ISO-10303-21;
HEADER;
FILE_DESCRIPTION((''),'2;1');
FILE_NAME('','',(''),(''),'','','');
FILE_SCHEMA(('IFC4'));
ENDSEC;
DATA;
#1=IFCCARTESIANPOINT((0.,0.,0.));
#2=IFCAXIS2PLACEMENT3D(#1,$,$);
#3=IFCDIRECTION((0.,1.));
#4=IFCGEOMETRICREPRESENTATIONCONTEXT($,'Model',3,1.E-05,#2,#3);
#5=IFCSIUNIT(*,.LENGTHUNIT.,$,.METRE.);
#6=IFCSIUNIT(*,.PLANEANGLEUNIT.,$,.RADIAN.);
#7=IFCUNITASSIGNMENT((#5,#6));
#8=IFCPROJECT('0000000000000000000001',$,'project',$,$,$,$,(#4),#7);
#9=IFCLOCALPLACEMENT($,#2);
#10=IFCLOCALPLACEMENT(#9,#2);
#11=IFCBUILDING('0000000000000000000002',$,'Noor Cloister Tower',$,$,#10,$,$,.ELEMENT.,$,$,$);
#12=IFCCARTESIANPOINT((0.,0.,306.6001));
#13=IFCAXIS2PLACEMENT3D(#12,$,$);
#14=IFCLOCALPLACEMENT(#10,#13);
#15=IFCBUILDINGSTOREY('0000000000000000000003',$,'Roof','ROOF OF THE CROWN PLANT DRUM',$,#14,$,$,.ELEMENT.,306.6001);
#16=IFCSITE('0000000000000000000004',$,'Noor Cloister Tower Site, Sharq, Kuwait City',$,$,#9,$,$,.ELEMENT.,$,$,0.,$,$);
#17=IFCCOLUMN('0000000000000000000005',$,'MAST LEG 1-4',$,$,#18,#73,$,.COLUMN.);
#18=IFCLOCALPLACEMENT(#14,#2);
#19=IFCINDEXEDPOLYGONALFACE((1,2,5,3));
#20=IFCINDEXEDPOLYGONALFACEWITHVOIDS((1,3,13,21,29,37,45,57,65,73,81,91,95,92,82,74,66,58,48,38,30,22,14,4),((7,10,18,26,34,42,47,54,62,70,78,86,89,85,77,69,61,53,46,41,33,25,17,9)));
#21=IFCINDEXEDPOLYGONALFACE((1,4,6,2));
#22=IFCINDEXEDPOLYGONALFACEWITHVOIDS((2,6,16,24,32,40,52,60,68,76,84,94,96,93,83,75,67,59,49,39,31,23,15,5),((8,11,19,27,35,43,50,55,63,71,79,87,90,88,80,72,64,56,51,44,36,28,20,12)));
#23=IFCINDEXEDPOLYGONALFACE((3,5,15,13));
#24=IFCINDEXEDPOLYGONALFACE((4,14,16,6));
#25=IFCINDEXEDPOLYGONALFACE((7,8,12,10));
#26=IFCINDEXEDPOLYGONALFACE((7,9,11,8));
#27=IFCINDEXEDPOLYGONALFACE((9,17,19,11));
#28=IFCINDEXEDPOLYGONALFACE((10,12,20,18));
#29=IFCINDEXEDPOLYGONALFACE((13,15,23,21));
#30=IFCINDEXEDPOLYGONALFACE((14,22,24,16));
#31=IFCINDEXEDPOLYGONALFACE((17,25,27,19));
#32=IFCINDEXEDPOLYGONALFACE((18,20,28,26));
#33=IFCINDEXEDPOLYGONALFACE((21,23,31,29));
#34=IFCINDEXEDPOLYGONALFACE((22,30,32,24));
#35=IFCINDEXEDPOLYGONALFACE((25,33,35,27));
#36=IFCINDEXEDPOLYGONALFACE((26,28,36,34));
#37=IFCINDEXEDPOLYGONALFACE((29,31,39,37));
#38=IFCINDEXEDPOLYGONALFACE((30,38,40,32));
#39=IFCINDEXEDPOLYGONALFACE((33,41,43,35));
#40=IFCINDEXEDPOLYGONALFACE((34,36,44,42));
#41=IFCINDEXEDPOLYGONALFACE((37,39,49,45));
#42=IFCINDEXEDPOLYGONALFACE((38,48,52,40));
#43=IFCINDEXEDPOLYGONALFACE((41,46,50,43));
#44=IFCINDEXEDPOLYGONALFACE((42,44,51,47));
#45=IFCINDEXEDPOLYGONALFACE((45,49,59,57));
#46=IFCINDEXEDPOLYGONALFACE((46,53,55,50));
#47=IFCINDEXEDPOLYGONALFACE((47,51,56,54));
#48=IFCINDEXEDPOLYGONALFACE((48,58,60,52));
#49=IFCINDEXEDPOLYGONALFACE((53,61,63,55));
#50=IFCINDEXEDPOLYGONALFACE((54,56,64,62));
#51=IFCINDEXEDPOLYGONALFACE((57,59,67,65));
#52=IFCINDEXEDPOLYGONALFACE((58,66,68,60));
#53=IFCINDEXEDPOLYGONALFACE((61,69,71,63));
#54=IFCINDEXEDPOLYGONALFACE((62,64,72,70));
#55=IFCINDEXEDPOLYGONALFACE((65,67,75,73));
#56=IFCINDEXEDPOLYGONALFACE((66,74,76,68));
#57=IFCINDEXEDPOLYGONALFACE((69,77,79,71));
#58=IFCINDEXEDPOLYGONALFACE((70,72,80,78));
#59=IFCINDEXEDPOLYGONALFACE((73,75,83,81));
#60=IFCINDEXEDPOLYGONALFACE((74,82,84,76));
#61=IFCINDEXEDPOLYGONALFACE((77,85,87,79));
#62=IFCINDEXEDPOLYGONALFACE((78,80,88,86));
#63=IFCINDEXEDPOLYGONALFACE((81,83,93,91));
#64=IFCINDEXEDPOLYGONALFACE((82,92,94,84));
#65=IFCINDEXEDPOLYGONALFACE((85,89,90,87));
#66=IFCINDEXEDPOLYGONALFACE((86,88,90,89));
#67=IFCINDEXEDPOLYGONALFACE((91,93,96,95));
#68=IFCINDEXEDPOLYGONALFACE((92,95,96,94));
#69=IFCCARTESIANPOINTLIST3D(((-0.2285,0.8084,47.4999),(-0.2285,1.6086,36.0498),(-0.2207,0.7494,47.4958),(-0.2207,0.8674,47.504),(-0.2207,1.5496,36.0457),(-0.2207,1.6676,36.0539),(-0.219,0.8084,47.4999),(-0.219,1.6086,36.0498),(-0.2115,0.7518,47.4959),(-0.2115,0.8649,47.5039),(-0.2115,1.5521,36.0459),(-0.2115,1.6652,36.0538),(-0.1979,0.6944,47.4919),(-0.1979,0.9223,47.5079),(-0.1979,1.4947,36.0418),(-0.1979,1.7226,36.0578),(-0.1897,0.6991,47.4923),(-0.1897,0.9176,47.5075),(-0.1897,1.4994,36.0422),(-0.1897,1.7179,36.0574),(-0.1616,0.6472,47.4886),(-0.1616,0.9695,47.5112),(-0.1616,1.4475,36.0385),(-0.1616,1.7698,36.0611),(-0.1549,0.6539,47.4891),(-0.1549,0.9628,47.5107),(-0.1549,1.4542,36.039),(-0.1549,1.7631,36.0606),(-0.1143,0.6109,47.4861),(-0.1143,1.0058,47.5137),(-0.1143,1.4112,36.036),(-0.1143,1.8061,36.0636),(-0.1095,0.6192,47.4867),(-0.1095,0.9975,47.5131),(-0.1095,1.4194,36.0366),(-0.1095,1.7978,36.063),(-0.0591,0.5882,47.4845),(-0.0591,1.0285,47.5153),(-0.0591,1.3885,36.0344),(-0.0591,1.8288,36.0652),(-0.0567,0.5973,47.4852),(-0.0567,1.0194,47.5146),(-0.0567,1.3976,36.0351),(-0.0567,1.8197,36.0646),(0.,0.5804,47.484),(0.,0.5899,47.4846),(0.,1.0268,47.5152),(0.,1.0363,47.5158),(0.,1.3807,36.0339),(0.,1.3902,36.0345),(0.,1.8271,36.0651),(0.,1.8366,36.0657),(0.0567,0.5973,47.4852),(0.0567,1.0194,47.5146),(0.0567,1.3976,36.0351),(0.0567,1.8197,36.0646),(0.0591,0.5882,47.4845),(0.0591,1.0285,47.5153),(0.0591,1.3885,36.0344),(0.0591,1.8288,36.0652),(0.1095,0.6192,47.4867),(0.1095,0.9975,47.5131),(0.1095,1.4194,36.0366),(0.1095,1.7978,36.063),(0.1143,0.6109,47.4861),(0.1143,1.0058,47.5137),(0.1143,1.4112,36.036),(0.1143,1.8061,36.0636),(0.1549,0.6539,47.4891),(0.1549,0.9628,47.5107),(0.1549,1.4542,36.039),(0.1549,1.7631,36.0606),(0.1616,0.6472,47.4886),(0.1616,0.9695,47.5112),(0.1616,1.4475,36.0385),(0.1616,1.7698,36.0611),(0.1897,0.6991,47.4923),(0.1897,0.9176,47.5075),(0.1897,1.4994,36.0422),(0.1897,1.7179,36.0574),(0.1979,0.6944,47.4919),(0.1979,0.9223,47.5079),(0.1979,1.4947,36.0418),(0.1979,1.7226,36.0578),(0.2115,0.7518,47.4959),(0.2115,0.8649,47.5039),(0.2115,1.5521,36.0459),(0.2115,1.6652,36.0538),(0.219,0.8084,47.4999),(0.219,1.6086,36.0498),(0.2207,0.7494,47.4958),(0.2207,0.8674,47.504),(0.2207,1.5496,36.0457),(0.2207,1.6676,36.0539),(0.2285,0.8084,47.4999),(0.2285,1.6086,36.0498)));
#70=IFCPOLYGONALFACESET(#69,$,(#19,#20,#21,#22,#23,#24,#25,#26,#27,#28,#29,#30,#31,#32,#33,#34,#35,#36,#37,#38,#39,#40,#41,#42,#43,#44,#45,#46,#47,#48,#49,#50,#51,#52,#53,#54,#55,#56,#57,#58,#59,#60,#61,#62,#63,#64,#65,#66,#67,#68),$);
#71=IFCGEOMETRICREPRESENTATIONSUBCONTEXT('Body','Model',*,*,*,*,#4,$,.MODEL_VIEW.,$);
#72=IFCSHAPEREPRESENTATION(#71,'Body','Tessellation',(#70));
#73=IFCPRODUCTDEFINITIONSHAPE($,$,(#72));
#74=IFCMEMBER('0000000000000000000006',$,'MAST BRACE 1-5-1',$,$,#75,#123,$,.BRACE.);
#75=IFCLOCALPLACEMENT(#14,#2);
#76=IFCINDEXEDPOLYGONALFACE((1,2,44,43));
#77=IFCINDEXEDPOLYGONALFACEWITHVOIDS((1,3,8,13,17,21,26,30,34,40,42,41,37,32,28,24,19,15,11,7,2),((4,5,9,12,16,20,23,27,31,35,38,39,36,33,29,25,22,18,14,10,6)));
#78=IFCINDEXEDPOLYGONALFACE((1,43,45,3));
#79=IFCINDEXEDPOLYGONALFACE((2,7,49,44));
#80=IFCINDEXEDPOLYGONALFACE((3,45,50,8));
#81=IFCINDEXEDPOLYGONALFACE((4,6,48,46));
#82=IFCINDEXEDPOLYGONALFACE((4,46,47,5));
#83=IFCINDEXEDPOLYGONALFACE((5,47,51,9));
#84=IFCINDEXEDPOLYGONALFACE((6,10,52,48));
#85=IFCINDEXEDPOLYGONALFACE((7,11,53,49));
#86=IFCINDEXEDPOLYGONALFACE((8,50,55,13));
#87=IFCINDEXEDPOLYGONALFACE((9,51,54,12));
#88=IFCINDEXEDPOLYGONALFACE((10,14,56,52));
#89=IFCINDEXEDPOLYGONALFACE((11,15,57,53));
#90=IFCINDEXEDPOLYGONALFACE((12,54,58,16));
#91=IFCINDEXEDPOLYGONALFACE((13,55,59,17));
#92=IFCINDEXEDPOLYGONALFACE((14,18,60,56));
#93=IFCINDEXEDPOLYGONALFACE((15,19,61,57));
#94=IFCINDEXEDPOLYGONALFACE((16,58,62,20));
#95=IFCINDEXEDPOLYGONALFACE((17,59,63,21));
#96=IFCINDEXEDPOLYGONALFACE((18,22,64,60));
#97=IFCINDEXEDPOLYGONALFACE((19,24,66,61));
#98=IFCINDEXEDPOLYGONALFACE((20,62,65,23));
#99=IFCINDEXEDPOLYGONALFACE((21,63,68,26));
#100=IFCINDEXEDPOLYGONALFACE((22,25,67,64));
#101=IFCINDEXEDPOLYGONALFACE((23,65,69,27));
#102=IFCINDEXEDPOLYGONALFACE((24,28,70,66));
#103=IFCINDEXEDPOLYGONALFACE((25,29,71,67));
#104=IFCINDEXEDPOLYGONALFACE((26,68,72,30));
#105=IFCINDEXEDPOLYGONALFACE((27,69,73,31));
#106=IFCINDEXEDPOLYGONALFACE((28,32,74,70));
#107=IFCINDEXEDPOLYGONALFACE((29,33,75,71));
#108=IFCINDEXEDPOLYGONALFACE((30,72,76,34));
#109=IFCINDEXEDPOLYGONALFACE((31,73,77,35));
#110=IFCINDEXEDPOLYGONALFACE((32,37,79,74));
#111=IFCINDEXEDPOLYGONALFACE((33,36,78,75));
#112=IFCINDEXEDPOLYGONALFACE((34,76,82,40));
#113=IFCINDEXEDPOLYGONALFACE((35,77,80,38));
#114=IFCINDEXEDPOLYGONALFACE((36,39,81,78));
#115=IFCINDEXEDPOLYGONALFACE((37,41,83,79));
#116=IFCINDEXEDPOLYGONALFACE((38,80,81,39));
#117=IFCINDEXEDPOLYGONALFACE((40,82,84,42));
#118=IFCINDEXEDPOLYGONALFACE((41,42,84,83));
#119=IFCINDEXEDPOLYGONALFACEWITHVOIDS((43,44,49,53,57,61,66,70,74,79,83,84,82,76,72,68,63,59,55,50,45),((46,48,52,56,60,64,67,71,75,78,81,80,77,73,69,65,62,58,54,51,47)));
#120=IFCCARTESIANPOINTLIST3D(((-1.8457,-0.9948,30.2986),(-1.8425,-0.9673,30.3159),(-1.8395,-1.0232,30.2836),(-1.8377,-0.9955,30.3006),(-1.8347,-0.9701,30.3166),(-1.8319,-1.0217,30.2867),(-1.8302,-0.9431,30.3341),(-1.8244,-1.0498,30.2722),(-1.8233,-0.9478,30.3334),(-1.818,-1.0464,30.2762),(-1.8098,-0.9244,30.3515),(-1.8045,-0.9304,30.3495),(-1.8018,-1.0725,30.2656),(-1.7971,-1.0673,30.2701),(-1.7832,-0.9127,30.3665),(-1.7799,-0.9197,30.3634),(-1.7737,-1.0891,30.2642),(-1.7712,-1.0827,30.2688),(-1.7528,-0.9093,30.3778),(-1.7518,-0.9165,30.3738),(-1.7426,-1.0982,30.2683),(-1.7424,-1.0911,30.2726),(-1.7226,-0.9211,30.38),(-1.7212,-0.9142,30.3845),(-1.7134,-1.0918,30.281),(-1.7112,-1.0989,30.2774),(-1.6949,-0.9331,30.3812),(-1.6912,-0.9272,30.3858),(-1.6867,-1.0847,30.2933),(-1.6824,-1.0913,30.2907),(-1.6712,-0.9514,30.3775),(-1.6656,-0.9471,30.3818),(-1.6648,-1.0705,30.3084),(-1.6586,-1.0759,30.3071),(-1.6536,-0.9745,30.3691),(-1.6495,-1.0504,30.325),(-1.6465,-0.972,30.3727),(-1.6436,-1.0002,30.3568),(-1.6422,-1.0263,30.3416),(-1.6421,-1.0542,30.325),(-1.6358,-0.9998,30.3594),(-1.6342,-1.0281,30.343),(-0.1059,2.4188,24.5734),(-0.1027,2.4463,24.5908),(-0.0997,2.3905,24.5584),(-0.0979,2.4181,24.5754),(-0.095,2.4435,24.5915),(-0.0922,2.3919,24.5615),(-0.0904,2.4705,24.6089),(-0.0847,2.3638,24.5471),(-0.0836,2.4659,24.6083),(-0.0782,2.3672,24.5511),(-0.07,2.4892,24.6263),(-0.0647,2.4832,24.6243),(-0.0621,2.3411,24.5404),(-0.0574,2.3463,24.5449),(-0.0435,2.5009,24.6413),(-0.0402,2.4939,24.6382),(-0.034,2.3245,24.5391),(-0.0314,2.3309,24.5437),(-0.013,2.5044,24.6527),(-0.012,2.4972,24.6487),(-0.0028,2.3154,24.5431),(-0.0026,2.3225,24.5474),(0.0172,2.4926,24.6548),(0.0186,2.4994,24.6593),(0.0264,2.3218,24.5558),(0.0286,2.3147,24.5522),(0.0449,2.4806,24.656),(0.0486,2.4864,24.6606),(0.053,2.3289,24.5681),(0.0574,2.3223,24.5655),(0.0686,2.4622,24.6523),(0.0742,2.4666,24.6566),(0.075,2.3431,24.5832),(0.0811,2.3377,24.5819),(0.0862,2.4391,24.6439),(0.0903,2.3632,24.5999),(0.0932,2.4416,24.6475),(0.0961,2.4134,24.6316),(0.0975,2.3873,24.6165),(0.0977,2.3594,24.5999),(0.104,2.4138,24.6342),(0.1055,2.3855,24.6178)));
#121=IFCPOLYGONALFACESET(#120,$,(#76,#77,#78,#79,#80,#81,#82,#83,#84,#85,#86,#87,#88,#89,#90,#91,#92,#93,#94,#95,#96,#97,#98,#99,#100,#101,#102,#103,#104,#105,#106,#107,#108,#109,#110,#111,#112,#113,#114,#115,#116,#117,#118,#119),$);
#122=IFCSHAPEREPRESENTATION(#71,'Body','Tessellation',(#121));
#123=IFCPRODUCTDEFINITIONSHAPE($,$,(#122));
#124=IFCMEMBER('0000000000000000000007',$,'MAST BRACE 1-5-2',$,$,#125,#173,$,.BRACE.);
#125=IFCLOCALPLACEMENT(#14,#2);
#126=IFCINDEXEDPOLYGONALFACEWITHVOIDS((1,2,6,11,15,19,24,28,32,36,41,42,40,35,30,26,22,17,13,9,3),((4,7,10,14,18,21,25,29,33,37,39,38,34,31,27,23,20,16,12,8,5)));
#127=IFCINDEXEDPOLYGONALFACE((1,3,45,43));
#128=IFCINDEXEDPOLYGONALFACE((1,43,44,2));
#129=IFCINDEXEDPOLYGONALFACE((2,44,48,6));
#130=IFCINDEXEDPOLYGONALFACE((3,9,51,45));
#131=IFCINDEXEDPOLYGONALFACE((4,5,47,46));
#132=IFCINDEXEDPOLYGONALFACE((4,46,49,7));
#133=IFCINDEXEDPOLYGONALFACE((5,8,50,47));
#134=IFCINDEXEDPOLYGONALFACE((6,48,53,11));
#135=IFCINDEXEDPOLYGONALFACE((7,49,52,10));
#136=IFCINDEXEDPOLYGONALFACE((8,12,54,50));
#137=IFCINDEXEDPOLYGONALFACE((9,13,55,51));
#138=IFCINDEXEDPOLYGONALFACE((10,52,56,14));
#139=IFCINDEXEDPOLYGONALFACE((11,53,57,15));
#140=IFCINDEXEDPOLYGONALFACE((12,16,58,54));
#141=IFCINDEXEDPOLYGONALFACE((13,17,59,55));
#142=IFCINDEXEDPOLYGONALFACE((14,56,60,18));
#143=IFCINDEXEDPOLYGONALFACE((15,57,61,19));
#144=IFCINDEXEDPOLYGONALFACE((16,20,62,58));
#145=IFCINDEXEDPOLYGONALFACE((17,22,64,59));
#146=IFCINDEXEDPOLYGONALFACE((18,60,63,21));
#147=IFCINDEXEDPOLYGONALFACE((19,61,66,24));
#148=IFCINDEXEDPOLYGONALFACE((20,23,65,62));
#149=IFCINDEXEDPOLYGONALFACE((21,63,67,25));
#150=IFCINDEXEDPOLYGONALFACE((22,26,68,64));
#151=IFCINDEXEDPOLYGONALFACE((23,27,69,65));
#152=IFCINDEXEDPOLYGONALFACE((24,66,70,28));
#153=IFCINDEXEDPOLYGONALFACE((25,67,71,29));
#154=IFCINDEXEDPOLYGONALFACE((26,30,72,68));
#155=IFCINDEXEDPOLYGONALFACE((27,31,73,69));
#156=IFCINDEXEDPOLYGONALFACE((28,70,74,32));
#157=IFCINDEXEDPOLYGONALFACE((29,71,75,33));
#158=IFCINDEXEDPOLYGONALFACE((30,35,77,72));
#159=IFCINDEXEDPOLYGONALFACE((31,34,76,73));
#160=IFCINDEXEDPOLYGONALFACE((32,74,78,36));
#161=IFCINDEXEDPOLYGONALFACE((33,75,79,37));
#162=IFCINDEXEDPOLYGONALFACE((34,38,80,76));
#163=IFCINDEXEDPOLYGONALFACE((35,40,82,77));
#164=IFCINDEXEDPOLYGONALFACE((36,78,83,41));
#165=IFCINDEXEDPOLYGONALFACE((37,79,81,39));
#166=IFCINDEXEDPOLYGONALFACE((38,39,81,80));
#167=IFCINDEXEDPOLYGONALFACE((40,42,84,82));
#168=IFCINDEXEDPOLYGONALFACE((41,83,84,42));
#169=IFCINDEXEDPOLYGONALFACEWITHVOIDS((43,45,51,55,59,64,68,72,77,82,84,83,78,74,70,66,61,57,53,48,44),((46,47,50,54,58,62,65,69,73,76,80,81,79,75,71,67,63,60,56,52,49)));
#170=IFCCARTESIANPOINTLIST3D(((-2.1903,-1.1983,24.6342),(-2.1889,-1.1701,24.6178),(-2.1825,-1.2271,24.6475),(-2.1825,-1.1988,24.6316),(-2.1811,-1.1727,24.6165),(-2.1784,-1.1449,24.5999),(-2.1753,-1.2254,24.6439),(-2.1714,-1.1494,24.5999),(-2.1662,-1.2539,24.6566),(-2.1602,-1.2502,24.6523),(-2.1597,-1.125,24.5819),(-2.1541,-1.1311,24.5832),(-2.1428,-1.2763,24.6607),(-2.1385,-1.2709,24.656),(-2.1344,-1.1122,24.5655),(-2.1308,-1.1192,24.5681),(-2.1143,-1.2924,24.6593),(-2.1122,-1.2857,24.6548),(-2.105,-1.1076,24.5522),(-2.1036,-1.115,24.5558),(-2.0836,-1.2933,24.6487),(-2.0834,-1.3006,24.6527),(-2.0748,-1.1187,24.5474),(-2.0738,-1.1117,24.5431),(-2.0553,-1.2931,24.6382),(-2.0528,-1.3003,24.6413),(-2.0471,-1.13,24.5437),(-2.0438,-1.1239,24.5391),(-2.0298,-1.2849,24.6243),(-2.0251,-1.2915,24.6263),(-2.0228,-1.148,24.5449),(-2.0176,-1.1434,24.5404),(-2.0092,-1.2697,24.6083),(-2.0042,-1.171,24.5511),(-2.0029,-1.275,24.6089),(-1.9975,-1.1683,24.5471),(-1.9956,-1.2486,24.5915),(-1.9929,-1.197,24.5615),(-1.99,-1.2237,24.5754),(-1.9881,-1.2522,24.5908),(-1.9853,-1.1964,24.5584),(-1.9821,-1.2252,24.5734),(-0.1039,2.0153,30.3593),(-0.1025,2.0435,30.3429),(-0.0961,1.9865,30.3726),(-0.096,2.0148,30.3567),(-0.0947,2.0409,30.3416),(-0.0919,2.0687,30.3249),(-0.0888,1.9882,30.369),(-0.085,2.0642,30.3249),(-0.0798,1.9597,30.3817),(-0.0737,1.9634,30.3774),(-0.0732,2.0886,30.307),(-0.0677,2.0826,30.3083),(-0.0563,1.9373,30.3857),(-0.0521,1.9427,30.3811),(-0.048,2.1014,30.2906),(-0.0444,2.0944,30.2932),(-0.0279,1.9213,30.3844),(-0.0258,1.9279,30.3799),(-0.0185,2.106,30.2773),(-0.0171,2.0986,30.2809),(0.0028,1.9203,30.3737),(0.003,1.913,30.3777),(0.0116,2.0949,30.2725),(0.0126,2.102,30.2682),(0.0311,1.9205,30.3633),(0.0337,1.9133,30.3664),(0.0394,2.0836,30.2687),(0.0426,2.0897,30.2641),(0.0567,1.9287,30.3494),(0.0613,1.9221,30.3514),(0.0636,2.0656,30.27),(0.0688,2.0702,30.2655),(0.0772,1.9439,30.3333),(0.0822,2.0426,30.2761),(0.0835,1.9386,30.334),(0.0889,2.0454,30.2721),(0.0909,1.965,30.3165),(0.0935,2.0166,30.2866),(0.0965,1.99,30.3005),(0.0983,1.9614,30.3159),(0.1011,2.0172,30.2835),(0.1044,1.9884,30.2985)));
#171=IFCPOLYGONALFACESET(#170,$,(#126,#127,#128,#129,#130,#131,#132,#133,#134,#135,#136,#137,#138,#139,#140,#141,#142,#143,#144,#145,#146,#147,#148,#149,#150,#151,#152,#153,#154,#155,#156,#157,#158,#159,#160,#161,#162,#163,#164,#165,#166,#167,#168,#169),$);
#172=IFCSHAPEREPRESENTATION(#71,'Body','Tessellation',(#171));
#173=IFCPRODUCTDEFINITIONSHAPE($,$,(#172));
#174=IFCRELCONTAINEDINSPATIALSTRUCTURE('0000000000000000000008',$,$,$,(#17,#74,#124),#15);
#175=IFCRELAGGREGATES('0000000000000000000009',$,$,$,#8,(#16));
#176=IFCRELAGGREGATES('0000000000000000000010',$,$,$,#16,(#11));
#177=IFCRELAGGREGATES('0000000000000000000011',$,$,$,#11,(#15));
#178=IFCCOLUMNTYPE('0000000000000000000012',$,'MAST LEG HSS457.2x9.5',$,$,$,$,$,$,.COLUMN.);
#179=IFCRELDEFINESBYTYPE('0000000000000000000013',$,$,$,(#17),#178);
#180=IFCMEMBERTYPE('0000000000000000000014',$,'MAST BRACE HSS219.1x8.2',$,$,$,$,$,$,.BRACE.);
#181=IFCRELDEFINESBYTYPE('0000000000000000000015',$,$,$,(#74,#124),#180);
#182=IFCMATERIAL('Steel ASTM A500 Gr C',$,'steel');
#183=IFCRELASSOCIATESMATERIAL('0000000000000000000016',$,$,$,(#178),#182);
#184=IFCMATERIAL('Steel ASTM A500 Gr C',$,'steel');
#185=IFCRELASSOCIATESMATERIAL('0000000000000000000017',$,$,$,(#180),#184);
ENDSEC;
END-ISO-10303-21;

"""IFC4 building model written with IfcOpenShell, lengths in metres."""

from ifc_helpers import new_model, si_unit, direction, frame, origin, origin_2d, place, context, subcontext, project, spatial, hollow_circle, extrude, material, material_profile, profile_set, type_object, element, save


model = new_model("IFC4")

# Units and contexts
model_context = context("Model", 3, precision=1e-05, world=origin(), true_north=direction((0.0, 1.0)))
body_context = subcontext(model_context, "Body", "Model", "MODEL_VIEW")
ifc_project = project(units=[si_unit("LENGTHUNIT", "METRE"), si_unit("PLANEANGLEUNIT", "RADIAN")], contexts=[model_context])

# Site, building, storey
site_placement = place(None, origin())
site = spatial("IfcSite", under=ifc_project, at=site_placement, Name="Noor Cloister Tower Site, Sharq, Kuwait City", CompositionType="ELEMENT", RefElevation=0.0)
building_placement = place(site_placement, origin())
building = spatial("IfcBuilding", under=site, at=building_placement, Name="Noor Cloister Tower", CompositionType="ELEMENT")
storey_placement = place(building_placement, frame((0.0, 0.0, 306.6001)))
storey = spatial("IfcBuildingStorey", under=building, at=storey_placement, Name="Roof", Description="ROOF OF THE CROWN PLANT DRUM", CompositionType="ELEMENT", Elevation=306.6001)

# Column
ifc_material_1 = material(Name="Steel ASTM A500 Gr C", Category="steel")
ifc_material_profile_1 = material_profile(ifc_material_1, hollow_circle(Radius=0.2285, WallThickness=0.0095, at=origin_2d()), Name="HSS457.2x9.5")
ifc_profile_set_1 = profile_set([ifc_material_profile_1], Name="Steel ASTM A500 Gr C")
column_type_1 = type_object("IfcColumnType", Name="MAST LEG HSS457.2x9.5", PredefinedType="COLUMN", material=ifc_profile_set_1)
column_placement = place(storey_placement, frame((0.0, 1.6086, 36.0498), z_axis=(0.0, -0.069723, 0.997566), x_axis=(1.0, 0.0, 0.0)))
element("IfcColumn", 1, at=column_placement, inside=storey, type_object=column_type_1, Name="MAST LEG 1-4", PredefinedType="COLUMN", context=body_context, shape_type="SweptSolid", body=[
    extrude(hollow_circle(Radius=0.2285, WallThickness=0.0095, at=origin_2d()), origin(), (0.0, 0.0, 1.0), 11.478),
])

# Members
ifc_material_2 = material(Name="Steel ASTM A500 Gr C", Category="steel")
ifc_material_profile_2 = material_profile(ifc_material_2, hollow_circle(Radius=0.1096, WallThickness=0.0083, at=origin_2d()), Name="HSS219.1x8.2")
ifc_profile_set_2 = profile_set([ifc_material_profile_2], Name="Steel ASTM A500 Gr C")
member_type_1 = type_object("IfcMemberType", Name="MAST BRACE HSS219.1x8.2", PredefinedType="BRACE", material=ifc_profile_set_2)
for number, where, z_axis, x_axis, name in (
    (2, (0.0, 2.4092, 24.5999), (-0.252546, -0.495523, 0.83107), (0.89096, -0.454082, 0.0), "MAST BRACE 1-5-1"),
    (3, (-2.0864, -1.2046, 24.5999), (0.302867, 0.466491, 0.831058), (-0.838733, 0.544543, 0.0), "MAST BRACE 1-5-2"),
):
    element("IfcMember", number, at=place(storey_placement, frame(where, z_axis=z_axis, x_axis=x_axis)), inside=storey, type_object=member_type_1, Name=name, PredefinedType="BRACE", context=body_context, shape_type="SweptSolid", body=[
        extrude(hollow_circle(Radius=0.1096, WallThickness=0.0083, at=origin_2d()), origin(), (0.0, 0.0, 1.0), 6.8889),
    ])

save(model, "model.ifc")
